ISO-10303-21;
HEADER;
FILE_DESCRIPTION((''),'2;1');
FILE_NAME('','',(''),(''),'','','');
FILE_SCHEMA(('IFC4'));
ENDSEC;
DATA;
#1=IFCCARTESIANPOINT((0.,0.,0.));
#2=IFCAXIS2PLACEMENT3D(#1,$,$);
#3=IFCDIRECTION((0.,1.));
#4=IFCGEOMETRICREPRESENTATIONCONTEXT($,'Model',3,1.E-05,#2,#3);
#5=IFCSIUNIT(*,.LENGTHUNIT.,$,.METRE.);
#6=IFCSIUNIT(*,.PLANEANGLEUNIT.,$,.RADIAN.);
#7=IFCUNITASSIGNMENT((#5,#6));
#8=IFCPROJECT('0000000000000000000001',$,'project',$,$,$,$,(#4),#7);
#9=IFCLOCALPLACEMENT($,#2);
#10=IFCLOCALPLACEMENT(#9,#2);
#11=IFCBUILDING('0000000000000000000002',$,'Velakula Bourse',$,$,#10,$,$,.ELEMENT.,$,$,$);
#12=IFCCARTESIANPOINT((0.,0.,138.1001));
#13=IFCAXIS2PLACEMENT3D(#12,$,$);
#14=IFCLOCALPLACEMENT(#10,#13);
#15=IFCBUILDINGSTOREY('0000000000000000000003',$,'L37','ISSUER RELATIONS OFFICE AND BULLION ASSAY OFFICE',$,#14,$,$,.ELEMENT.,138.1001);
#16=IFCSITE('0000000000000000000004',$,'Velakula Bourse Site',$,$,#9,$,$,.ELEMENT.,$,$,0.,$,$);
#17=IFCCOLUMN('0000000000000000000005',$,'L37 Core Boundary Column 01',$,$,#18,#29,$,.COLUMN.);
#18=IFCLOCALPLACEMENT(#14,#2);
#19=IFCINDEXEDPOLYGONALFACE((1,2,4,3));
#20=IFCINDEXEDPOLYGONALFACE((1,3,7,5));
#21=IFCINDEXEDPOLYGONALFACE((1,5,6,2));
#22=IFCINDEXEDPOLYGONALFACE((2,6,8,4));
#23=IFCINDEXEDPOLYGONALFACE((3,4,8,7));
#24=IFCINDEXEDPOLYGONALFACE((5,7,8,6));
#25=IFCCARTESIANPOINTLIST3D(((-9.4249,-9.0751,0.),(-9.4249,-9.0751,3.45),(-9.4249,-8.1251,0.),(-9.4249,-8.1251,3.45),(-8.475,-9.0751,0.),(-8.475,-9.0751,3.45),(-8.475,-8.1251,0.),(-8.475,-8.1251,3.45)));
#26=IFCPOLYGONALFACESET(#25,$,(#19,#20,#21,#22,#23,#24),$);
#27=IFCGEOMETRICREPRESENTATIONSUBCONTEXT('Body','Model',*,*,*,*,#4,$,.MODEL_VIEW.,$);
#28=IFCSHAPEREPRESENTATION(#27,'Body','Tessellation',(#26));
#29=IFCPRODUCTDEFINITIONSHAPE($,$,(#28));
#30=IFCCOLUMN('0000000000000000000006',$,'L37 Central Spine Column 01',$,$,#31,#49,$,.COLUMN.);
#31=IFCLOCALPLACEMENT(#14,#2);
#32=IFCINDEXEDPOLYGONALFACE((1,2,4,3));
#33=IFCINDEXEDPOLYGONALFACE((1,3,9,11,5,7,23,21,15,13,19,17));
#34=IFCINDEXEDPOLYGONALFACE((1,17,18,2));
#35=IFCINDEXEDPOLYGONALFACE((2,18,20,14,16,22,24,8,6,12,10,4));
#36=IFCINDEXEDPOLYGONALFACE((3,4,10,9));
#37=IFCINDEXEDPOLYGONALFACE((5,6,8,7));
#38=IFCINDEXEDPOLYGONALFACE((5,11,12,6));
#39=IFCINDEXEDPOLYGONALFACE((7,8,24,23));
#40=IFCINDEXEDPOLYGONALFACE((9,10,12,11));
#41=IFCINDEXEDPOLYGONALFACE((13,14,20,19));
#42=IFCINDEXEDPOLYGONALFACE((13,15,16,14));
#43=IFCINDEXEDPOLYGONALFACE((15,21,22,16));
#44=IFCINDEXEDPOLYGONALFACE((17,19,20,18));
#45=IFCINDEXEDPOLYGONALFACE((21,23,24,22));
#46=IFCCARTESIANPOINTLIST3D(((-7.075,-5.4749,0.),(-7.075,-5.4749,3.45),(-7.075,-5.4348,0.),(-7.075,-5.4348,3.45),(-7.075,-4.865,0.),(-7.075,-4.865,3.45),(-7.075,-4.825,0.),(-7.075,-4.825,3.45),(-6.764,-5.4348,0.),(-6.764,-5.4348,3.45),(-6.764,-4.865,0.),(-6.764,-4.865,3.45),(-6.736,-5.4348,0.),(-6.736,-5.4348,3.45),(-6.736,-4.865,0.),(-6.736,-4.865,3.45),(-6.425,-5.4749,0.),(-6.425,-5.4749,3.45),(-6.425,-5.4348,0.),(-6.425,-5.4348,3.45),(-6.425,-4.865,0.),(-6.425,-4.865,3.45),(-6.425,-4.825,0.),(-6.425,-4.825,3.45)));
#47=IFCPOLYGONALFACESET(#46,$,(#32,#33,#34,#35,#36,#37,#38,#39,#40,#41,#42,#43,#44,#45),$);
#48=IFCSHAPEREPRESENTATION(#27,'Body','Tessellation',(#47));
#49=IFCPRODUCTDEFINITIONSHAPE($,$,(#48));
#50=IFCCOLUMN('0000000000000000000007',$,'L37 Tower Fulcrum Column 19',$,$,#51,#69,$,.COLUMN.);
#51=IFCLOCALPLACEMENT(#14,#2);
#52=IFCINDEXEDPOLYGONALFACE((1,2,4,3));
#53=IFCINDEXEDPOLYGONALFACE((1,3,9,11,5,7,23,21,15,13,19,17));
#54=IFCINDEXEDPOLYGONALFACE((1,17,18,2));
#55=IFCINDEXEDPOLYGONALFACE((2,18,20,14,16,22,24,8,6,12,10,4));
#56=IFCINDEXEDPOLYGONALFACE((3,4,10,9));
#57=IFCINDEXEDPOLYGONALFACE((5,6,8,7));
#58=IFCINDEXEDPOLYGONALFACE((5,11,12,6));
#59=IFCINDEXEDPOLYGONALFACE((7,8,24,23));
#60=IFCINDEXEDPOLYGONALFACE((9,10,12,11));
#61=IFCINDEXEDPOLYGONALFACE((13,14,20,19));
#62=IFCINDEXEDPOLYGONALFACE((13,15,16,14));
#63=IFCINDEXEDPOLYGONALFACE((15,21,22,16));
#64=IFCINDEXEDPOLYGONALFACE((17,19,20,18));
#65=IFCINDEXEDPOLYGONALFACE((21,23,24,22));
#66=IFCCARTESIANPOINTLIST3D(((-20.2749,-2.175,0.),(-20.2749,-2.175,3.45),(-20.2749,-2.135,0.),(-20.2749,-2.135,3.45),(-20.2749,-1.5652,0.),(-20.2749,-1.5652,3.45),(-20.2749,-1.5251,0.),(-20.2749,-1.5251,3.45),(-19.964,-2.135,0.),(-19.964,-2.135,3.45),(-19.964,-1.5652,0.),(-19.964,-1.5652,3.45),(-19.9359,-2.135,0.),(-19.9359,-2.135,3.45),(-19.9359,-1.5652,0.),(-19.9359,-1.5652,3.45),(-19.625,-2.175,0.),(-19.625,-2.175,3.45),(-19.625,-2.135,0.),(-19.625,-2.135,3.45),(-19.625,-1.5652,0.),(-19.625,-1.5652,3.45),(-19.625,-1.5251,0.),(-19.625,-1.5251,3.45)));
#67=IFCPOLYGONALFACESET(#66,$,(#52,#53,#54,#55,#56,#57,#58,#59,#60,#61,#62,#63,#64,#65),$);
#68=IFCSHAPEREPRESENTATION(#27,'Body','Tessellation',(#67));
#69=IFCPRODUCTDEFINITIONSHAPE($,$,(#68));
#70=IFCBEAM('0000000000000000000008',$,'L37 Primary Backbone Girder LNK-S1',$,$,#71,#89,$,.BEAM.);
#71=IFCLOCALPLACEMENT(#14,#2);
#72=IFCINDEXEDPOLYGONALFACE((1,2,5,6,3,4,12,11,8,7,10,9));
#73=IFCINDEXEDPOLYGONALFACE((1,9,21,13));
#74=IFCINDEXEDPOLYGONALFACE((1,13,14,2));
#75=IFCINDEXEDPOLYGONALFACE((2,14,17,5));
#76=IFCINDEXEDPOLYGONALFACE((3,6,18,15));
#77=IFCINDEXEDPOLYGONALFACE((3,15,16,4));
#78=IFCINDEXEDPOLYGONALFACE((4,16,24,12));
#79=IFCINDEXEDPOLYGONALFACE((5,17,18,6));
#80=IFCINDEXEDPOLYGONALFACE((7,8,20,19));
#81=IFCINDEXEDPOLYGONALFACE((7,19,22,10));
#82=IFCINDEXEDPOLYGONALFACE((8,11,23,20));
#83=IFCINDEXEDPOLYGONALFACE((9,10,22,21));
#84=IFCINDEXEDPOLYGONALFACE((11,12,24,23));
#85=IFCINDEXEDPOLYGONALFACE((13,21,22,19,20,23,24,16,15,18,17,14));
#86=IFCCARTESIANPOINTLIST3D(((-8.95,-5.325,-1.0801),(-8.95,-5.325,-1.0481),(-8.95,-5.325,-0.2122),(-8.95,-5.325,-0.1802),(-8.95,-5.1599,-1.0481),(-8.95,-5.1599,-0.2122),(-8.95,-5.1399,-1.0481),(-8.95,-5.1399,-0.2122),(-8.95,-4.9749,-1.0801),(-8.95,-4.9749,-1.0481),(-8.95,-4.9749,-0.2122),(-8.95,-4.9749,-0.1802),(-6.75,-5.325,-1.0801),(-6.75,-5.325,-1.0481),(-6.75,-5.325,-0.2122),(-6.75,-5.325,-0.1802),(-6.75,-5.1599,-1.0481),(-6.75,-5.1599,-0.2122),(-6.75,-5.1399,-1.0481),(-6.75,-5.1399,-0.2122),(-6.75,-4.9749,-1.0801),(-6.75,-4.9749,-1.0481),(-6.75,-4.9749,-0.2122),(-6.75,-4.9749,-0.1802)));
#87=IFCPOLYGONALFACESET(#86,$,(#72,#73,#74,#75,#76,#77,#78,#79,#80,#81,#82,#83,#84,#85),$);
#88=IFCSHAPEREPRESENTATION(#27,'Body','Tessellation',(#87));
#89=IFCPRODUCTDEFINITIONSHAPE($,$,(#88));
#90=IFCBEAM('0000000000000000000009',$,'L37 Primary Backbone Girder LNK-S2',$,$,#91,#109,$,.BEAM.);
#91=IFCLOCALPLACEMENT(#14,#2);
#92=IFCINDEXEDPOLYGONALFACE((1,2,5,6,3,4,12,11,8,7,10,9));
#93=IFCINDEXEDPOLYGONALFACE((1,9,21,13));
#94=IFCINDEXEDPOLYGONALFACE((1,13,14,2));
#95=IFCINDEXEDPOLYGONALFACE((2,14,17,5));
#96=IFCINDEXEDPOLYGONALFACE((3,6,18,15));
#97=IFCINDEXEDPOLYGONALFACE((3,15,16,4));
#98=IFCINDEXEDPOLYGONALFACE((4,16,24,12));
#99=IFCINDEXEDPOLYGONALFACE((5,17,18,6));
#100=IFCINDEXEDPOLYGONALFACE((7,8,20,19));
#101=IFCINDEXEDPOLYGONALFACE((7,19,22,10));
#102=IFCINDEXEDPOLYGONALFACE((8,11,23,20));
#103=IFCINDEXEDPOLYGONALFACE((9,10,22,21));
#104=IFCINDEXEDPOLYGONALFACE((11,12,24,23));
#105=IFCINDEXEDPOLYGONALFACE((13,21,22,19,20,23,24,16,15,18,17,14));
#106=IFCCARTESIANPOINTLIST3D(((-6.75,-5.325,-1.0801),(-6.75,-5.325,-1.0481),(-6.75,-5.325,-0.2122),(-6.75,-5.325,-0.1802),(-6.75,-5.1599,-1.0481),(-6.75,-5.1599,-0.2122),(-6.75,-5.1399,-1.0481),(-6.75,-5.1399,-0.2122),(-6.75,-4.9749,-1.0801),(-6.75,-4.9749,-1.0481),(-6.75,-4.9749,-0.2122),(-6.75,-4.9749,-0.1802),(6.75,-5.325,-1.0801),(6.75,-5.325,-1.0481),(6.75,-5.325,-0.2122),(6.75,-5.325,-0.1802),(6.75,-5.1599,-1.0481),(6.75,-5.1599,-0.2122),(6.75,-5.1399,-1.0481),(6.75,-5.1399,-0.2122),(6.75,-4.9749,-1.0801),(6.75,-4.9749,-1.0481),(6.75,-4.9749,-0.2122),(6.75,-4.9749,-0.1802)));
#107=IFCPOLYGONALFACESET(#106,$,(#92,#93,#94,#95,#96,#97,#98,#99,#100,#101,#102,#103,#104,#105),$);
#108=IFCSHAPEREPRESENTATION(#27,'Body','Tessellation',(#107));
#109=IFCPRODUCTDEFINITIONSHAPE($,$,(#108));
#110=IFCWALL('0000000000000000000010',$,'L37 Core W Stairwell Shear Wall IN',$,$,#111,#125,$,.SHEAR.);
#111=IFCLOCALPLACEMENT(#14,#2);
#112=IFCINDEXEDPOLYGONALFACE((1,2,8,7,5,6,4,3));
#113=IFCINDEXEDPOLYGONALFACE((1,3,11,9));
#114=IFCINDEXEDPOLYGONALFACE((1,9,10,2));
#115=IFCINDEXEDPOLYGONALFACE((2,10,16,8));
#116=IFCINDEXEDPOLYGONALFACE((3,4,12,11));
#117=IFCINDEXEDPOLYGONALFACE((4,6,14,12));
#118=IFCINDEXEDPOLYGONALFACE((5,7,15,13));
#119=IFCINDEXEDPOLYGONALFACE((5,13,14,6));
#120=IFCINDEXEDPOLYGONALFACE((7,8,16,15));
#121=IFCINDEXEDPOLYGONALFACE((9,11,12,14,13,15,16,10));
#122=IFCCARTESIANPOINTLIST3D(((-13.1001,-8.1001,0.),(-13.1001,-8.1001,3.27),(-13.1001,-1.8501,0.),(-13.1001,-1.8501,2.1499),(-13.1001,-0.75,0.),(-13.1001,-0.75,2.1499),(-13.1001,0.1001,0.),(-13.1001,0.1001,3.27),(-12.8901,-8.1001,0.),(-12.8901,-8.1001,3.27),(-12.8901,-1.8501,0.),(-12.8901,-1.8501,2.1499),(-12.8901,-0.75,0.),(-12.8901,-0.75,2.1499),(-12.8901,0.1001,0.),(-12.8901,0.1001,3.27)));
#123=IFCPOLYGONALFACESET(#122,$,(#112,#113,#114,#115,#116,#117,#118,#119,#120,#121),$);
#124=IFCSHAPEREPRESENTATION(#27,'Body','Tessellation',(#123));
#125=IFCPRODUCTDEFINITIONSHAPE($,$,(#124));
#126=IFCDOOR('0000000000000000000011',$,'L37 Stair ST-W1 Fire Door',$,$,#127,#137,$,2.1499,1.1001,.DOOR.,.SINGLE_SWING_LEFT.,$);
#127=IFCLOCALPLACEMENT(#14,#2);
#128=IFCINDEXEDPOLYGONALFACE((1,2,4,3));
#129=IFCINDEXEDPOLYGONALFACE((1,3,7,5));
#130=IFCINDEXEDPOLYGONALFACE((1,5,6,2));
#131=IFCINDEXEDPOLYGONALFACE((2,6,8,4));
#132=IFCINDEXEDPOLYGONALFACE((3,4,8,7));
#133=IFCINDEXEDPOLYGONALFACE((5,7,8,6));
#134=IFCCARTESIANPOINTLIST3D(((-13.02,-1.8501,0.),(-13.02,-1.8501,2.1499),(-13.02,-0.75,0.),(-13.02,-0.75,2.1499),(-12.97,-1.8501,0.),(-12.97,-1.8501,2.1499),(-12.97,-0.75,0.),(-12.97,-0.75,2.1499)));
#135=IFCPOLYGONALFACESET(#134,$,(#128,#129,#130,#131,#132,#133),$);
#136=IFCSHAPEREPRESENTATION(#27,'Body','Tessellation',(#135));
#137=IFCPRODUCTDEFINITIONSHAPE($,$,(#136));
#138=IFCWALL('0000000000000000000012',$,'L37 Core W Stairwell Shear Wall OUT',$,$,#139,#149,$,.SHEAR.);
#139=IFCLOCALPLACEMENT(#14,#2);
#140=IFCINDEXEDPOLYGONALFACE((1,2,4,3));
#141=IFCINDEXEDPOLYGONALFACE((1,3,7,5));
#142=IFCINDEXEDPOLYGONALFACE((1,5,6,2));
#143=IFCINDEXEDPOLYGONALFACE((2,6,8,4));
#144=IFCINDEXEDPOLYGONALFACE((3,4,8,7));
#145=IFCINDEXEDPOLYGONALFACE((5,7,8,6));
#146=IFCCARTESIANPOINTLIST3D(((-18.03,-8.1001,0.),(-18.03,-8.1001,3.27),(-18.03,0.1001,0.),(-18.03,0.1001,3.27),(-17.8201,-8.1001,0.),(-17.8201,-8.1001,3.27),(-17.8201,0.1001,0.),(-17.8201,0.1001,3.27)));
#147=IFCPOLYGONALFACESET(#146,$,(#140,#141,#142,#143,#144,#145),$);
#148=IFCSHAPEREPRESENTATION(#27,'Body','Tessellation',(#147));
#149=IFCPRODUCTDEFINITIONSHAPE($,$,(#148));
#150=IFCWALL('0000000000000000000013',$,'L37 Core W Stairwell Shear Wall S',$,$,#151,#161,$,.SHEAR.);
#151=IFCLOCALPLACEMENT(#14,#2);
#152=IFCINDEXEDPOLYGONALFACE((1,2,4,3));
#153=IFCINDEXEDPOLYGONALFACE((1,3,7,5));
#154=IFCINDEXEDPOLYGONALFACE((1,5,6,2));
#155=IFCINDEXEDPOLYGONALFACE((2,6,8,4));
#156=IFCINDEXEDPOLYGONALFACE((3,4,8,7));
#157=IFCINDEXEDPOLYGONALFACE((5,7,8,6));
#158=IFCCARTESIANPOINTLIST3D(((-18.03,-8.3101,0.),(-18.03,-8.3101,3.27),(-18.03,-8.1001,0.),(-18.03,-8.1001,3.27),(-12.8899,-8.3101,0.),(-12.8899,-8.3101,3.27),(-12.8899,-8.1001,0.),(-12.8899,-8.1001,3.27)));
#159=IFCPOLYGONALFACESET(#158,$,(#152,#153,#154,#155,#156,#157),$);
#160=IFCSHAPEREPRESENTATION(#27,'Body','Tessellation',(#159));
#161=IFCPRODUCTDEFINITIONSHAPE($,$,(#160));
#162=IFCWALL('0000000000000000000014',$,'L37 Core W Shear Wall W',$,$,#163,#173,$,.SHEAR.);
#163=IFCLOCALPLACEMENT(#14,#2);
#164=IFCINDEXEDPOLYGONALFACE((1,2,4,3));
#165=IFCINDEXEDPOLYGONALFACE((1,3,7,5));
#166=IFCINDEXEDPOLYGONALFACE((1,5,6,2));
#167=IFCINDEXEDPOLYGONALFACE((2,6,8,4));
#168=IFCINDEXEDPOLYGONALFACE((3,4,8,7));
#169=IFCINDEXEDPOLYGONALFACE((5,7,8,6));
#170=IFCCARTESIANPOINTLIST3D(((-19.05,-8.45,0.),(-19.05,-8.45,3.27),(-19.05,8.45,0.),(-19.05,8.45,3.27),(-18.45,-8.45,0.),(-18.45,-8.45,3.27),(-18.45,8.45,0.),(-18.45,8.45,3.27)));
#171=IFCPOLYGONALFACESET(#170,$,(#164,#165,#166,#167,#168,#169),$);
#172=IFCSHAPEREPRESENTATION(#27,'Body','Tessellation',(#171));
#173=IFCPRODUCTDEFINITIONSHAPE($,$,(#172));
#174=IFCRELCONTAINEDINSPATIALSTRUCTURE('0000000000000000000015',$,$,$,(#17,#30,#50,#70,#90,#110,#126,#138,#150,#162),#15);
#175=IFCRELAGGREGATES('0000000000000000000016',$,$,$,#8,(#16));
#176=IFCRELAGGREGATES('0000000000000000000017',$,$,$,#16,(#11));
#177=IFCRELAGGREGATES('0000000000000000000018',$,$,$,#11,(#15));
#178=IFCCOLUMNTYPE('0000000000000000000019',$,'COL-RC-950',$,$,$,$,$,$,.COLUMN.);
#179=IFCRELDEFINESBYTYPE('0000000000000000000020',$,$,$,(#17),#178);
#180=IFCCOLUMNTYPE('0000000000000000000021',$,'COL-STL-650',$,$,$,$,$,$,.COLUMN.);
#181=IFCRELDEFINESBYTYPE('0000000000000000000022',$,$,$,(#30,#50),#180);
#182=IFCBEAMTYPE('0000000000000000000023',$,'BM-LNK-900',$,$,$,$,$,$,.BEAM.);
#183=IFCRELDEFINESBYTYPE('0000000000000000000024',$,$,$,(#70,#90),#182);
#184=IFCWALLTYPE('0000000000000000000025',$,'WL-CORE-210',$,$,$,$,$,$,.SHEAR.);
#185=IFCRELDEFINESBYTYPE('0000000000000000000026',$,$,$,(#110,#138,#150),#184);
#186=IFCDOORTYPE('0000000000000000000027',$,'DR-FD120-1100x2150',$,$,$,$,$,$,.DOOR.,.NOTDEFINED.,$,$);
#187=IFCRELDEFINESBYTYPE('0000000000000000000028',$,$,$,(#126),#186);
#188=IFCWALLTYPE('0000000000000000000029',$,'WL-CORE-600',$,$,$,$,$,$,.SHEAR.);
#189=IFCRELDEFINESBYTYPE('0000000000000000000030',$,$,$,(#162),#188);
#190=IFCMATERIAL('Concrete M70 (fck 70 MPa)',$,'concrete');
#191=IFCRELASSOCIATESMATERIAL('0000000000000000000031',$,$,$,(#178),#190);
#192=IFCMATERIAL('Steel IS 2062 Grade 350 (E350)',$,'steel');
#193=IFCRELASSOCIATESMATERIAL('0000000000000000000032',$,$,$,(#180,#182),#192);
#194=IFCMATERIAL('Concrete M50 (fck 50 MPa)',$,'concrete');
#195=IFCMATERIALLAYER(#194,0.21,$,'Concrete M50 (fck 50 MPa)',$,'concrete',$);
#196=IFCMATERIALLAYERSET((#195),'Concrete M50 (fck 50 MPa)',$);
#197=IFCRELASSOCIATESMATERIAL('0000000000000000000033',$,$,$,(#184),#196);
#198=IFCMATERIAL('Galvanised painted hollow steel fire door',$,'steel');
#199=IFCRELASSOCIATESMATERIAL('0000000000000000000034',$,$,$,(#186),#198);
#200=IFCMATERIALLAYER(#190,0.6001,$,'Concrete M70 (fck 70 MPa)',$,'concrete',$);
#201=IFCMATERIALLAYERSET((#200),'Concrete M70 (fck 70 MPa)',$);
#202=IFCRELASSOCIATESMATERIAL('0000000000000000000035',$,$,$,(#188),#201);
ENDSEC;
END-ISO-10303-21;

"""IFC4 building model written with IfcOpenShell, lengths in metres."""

from ifc_helpers import new_model, si_unit, direction, frame, frame_2d, origin, origin_2d, place, context, subcontext, project, spatial, rectangle, i_section, extrude, material, layer, layer_set, material_profile, profile_set, type_object, element, fill, save


model = new_model("IFC4")

# Units and contexts
model_context = context("Model", 3, precision=1e-05, world=origin(), true_north=direction((0.0, 1.0)))
body_context = subcontext(model_context, "Body", "Model", "MODEL_VIEW")
ifc_project = project(units=[si_unit("LENGTHUNIT", "METRE"), si_unit("PLANEANGLEUNIT", "RADIAN")], contexts=[model_context])

# Site, building, storey
site_placement = place(None, origin())
site = spatial("IfcSite", under=ifc_project, at=site_placement, Name="Velakula Bourse Site", CompositionType="ELEMENT", RefElevation=0.0)
building_placement = place(site_placement, origin())
building = spatial("IfcBuilding", under=site, at=building_placement, Name="Velakula Bourse", CompositionType="ELEMENT")
storey_placement = place(building_placement, frame((0.0, 0.0, 138.1001)))
storey = spatial("IfcBuildingStorey", under=building, at=storey_placement, Name="L37", Description="ISSUER RELATIONS OFFICE AND BULLION ASSAY OFFICE", CompositionType="ELEMENT", Elevation=138.1001)

# Columns
ifc_material_1 = material(Name="Concrete M70 (fck 70 MPa)", Category="concrete")
ifc_material_profile_1 = material_profile(ifc_material_1, rectangle(XDim=0.95, YDim=0.95, at=origin_2d()), Name="Concrete M70 (fck 70 MPa)")
ifc_profile_set_1 = profile_set([ifc_material_profile_1], Name="Concrete M70 (fck 70 MPa)")
column_type_1 = type_object("IfcColumnType", Name="COL-RC-950", PredefinedType="COLUMN", material=ifc_profile_set_1)
column_placement = place(storey_placement, frame((-8.95, -8.6001, 0.0), z_axis=(0.0, 0.0, 1.0), x_axis=(1.0, 0.0, 0.0)))
element("IfcColumn", 1, at=column_placement, inside=storey, type_object=column_type_1, Name="L37 Core Boundary Column 01", PredefinedType="COLUMN", context=body_context, shape_type="SweptSolid", body=[
    extrude(rectangle(XDim=0.95, YDim=0.95, at=origin_2d()), origin(), (0.0, 0.0, 1.0), 3.45),
])
ifc_material_2 = material(Name="Steel IS 2062 Grade 350 (E350)", Category="steel")
ifc_material_profile_2 = material_profile(ifc_material_2, i_section(OverallWidth=0.6499, OverallDepth=0.6499, WebThickness=0.0281, FlangeThickness=0.04, at=origin_2d()), Name="Steel IS 2062 Grade 350 (E350)")
ifc_profile_set_2 = profile_set([ifc_material_profile_2], Name="Steel IS 2062 Grade 350 (E350)")
column_type_2 = type_object("IfcColumnType", Name="COL-STL-650", PredefinedType="COLUMN", material=ifc_profile_set_2)
for number, where, z_axis, x_axis, name in (
    (2, (-6.75, -5.1499, 0.0), (0.0, 0.0, 1.0), (1.0, 0.0, 0.0), "L37 Central Spine Column 01"),
    (3, (-19.95, -1.8501, 0.0), (0.0, 0.0, 1.0), (1.0, 0.0, 0.0), "L37 Tower Fulcrum Column 19"),
):
    element("IfcColumn", number, at=place(storey_placement, frame(where, z_axis=z_axis, x_axis=x_axis)), inside=storey, type_object=column_type_2, Name=name, PredefinedType="COLUMN", context=body_context, shape_type="SweptSolid", body=[
        extrude(i_section(OverallWidth=0.6499, OverallDepth=0.6499, WebThickness=0.0281, FlangeThickness=0.04, at=origin_2d()), origin(), (0.0, 0.0, 1.0), 3.45),
    ])

# Beams
ifc_material_profile_3 = material_profile(ifc_material_2, i_section(OverallWidth=0.3501, OverallDepth=0.8999, WebThickness=0.02, FlangeThickness=0.032, at=origin_2d()), Name="Steel IS 2062 Grade 350 (E350)")
ifc_profile_set_3 = profile_set([ifc_material_profile_3], Name="Steel IS 2062 Grade 350 (E350)")
beam_type = type_object("IfcBeamType", Name="BM-LNK-900", PredefinedType="BEAM", material=ifc_profile_set_3)
beam_1_placement = place(storey_placement, frame((-8.95, -5.1499, -0.6301), z_axis=(1.0, 0.0, 0.0), x_axis=(0.0, 1.0, 0.0)))
element("IfcBeam", 4, at=beam_1_placement, inside=storey, type_object=beam_type, Name="L37 Primary Backbone Girder LNK-S1", PredefinedType="BEAM", context=body_context, shape_type="SweptSolid", body=[
    extrude(i_section(OverallWidth=0.3501, OverallDepth=0.8999, WebThickness=0.02, FlangeThickness=0.032, at=origin_2d()), origin(), (0.0, 0.0, 1.0), 2.2),
])
beam_2_placement = place(storey_placement, frame((-6.75, -5.1499, -0.6301), z_axis=(1.0, 0.0, 0.0), x_axis=(0.0, 1.0, 0.0)))
element("IfcBeam", 5, at=beam_2_placement, inside=storey, type_object=beam_type, Name="L37 Primary Backbone Girder LNK-S2", PredefinedType="BEAM", context=body_context, shape_type="SweptSolid", body=[
    extrude(i_section(OverallWidth=0.3501, OverallDepth=0.8999, WebThickness=0.02, FlangeThickness=0.032, at=origin_2d()), origin(), (0.0, 0.0, 1.0), 13.5),
])

# Wall, opening, door
ifc_material_3 = material(Name="Concrete M50 (fck 50 MPa)", Category="concrete")
ifc_layer_1 = layer(ifc_material_3, 0.21, Name="Concrete M50 (fck 50 MPa)", Category="concrete")
ifc_layer_set_1 = layer_set([ifc_layer_1], Name="Concrete M50 (fck 50 MPa)")
wall_type_1 = type_object("IfcWallType", Name="WL-CORE-210", PredefinedType="SHEAR", material=ifc_layer_set_1)
wall_1_placement = place(storey_placement, frame((-12.9951, -8.1001, 0.0), z_axis=(0.0, 0.0, 1.0), x_axis=(0.0, 1.0, 0.0)))
wall_1 = element("IfcWall", 6, at=wall_1_placement, inside=storey, type_object=wall_type_1, Name="L37 Core W Stairwell Shear Wall IN", PredefinedType="SHEAR", context=body_context, shape_type="SweptSolid", body=[
    extrude(rectangle(XDim=8.2002, YDim=0.21, at=frame_2d((4.1001, 0.0))), origin(), (0.0, 0.0, 1.0), 3.27),
])
opening_1_placement = place(wall_1_placement, frame((6.25, 0.0, 0.0)))
opening_1 = element("IfcOpeningElement", 7, at=opening_1_placement, cuts=wall_1, PredefinedType="OPENING", context=body_context, shape_type="SweptSolid", body=[
    extrude(rectangle(XDim=1.1001, YDim=2.1499, at=frame_2d((0.55, 1.075))), frame((0.0, 0.115, 0.0), z_axis=(0.0, -1.0, 0.0), x_axis=(1.0, 0.0, 0.0)), (0.0, 0.0, 1.0), 0.23),
])
ifc_material_4 = material(Name="Galvanised painted hollow steel fire door", Category="steel")
door_type_1 = type_object("IfcDoorType", Name="DR-FD120-1100x2150", OperationType="NOTDEFINED", PredefinedType="DOOR", material=ifc_material_4)
door_1_placement = place(opening_1_placement, origin())
door_1 = element("IfcDoor", 8, at=door_1_placement, inside=storey, type_object=door_type_1, Name="L37 Stair ST-W1 Fire Door", OperationType="SINGLE_SWING_LEFT", OverallHeight=2.1499, OverallWidth=1.1001, PredefinedType="DOOR", context=body_context, shape_type="SweptSolid", body=[
    extrude(rectangle(XDim=1.1001, YDim=2.1499, at=frame_2d((0.55, 1.075))), frame((0.0, 0.0249, 0.0), z_axis=(0.0, -1.0, 0.0), x_axis=(1.0, 0.0, 0.0)), (0.0, 0.0, 1.0), 0.05),
])
fill(opening_1, door_1)

# Walls
wall_2_placement = place(storey_placement, frame((-17.925, -8.1001, 0.0), z_axis=(0.0, 0.0, 1.0), x_axis=(0.0, 1.0, 0.0)))
element("IfcWall", 9, at=wall_2_placement, inside=storey, type_object=wall_type_1, Name="L37 Core W Stairwell Shear Wall OUT", PredefinedType="SHEAR", context=body_context, shape_type="SweptSolid", body=[
    extrude(rectangle(XDim=8.2002, YDim=0.21, at=frame_2d((4.1001, 0.0))), origin(), (0.0, 0.0, 1.0), 3.27),
])
wall_3_placement = place(storey_placement, frame((-18.03, -8.2051, 0.0), z_axis=(0.0, 0.0, 1.0), x_axis=(1.0, 0.0, 0.0)))
element("IfcWall", 10, at=wall_3_placement, inside=storey, type_object=wall_type_1, Name="L37 Core W Stairwell Shear Wall S", PredefinedType="SHEAR", context=body_context, shape_type="SweptSolid", body=[
    extrude(rectangle(XDim=5.1401, YDim=0.21, at=frame_2d((2.5701, 0.0))), origin(), (0.0, 0.0, 1.0), 3.27),
])
ifc_layer_2 = layer(ifc_material_1, 0.6001, Name="Concrete M70 (fck 70 MPa)", Category="concrete")
ifc_layer_set_2 = layer_set([ifc_layer_2], Name="Concrete M70 (fck 70 MPa)")
wall_type_2 = type_object("IfcWallType", Name="WL-CORE-600", PredefinedType="SHEAR", material=ifc_layer_set_2)
wall_4_placement = place(storey_placement, frame((-18.75, -8.45, 0.0), z_axis=(0.0, 0.0, 1.0), x_axis=(0.0, 1.0, 0.0)))
element("IfcWall", 11, at=wall_4_placement, inside=storey, type_object=wall_type_2, Name="L37 Core W Shear Wall W", PredefinedType="SHEAR", context=body_context, shape_type="SweptSolid", body=[
    extrude(rectangle(XDim=16.8999, YDim=0.6001, at=frame_2d((8.45, 0.0))), origin(), (0.0, 0.0, 1.0), 3.27),
])

save(model, "model.ifc")
